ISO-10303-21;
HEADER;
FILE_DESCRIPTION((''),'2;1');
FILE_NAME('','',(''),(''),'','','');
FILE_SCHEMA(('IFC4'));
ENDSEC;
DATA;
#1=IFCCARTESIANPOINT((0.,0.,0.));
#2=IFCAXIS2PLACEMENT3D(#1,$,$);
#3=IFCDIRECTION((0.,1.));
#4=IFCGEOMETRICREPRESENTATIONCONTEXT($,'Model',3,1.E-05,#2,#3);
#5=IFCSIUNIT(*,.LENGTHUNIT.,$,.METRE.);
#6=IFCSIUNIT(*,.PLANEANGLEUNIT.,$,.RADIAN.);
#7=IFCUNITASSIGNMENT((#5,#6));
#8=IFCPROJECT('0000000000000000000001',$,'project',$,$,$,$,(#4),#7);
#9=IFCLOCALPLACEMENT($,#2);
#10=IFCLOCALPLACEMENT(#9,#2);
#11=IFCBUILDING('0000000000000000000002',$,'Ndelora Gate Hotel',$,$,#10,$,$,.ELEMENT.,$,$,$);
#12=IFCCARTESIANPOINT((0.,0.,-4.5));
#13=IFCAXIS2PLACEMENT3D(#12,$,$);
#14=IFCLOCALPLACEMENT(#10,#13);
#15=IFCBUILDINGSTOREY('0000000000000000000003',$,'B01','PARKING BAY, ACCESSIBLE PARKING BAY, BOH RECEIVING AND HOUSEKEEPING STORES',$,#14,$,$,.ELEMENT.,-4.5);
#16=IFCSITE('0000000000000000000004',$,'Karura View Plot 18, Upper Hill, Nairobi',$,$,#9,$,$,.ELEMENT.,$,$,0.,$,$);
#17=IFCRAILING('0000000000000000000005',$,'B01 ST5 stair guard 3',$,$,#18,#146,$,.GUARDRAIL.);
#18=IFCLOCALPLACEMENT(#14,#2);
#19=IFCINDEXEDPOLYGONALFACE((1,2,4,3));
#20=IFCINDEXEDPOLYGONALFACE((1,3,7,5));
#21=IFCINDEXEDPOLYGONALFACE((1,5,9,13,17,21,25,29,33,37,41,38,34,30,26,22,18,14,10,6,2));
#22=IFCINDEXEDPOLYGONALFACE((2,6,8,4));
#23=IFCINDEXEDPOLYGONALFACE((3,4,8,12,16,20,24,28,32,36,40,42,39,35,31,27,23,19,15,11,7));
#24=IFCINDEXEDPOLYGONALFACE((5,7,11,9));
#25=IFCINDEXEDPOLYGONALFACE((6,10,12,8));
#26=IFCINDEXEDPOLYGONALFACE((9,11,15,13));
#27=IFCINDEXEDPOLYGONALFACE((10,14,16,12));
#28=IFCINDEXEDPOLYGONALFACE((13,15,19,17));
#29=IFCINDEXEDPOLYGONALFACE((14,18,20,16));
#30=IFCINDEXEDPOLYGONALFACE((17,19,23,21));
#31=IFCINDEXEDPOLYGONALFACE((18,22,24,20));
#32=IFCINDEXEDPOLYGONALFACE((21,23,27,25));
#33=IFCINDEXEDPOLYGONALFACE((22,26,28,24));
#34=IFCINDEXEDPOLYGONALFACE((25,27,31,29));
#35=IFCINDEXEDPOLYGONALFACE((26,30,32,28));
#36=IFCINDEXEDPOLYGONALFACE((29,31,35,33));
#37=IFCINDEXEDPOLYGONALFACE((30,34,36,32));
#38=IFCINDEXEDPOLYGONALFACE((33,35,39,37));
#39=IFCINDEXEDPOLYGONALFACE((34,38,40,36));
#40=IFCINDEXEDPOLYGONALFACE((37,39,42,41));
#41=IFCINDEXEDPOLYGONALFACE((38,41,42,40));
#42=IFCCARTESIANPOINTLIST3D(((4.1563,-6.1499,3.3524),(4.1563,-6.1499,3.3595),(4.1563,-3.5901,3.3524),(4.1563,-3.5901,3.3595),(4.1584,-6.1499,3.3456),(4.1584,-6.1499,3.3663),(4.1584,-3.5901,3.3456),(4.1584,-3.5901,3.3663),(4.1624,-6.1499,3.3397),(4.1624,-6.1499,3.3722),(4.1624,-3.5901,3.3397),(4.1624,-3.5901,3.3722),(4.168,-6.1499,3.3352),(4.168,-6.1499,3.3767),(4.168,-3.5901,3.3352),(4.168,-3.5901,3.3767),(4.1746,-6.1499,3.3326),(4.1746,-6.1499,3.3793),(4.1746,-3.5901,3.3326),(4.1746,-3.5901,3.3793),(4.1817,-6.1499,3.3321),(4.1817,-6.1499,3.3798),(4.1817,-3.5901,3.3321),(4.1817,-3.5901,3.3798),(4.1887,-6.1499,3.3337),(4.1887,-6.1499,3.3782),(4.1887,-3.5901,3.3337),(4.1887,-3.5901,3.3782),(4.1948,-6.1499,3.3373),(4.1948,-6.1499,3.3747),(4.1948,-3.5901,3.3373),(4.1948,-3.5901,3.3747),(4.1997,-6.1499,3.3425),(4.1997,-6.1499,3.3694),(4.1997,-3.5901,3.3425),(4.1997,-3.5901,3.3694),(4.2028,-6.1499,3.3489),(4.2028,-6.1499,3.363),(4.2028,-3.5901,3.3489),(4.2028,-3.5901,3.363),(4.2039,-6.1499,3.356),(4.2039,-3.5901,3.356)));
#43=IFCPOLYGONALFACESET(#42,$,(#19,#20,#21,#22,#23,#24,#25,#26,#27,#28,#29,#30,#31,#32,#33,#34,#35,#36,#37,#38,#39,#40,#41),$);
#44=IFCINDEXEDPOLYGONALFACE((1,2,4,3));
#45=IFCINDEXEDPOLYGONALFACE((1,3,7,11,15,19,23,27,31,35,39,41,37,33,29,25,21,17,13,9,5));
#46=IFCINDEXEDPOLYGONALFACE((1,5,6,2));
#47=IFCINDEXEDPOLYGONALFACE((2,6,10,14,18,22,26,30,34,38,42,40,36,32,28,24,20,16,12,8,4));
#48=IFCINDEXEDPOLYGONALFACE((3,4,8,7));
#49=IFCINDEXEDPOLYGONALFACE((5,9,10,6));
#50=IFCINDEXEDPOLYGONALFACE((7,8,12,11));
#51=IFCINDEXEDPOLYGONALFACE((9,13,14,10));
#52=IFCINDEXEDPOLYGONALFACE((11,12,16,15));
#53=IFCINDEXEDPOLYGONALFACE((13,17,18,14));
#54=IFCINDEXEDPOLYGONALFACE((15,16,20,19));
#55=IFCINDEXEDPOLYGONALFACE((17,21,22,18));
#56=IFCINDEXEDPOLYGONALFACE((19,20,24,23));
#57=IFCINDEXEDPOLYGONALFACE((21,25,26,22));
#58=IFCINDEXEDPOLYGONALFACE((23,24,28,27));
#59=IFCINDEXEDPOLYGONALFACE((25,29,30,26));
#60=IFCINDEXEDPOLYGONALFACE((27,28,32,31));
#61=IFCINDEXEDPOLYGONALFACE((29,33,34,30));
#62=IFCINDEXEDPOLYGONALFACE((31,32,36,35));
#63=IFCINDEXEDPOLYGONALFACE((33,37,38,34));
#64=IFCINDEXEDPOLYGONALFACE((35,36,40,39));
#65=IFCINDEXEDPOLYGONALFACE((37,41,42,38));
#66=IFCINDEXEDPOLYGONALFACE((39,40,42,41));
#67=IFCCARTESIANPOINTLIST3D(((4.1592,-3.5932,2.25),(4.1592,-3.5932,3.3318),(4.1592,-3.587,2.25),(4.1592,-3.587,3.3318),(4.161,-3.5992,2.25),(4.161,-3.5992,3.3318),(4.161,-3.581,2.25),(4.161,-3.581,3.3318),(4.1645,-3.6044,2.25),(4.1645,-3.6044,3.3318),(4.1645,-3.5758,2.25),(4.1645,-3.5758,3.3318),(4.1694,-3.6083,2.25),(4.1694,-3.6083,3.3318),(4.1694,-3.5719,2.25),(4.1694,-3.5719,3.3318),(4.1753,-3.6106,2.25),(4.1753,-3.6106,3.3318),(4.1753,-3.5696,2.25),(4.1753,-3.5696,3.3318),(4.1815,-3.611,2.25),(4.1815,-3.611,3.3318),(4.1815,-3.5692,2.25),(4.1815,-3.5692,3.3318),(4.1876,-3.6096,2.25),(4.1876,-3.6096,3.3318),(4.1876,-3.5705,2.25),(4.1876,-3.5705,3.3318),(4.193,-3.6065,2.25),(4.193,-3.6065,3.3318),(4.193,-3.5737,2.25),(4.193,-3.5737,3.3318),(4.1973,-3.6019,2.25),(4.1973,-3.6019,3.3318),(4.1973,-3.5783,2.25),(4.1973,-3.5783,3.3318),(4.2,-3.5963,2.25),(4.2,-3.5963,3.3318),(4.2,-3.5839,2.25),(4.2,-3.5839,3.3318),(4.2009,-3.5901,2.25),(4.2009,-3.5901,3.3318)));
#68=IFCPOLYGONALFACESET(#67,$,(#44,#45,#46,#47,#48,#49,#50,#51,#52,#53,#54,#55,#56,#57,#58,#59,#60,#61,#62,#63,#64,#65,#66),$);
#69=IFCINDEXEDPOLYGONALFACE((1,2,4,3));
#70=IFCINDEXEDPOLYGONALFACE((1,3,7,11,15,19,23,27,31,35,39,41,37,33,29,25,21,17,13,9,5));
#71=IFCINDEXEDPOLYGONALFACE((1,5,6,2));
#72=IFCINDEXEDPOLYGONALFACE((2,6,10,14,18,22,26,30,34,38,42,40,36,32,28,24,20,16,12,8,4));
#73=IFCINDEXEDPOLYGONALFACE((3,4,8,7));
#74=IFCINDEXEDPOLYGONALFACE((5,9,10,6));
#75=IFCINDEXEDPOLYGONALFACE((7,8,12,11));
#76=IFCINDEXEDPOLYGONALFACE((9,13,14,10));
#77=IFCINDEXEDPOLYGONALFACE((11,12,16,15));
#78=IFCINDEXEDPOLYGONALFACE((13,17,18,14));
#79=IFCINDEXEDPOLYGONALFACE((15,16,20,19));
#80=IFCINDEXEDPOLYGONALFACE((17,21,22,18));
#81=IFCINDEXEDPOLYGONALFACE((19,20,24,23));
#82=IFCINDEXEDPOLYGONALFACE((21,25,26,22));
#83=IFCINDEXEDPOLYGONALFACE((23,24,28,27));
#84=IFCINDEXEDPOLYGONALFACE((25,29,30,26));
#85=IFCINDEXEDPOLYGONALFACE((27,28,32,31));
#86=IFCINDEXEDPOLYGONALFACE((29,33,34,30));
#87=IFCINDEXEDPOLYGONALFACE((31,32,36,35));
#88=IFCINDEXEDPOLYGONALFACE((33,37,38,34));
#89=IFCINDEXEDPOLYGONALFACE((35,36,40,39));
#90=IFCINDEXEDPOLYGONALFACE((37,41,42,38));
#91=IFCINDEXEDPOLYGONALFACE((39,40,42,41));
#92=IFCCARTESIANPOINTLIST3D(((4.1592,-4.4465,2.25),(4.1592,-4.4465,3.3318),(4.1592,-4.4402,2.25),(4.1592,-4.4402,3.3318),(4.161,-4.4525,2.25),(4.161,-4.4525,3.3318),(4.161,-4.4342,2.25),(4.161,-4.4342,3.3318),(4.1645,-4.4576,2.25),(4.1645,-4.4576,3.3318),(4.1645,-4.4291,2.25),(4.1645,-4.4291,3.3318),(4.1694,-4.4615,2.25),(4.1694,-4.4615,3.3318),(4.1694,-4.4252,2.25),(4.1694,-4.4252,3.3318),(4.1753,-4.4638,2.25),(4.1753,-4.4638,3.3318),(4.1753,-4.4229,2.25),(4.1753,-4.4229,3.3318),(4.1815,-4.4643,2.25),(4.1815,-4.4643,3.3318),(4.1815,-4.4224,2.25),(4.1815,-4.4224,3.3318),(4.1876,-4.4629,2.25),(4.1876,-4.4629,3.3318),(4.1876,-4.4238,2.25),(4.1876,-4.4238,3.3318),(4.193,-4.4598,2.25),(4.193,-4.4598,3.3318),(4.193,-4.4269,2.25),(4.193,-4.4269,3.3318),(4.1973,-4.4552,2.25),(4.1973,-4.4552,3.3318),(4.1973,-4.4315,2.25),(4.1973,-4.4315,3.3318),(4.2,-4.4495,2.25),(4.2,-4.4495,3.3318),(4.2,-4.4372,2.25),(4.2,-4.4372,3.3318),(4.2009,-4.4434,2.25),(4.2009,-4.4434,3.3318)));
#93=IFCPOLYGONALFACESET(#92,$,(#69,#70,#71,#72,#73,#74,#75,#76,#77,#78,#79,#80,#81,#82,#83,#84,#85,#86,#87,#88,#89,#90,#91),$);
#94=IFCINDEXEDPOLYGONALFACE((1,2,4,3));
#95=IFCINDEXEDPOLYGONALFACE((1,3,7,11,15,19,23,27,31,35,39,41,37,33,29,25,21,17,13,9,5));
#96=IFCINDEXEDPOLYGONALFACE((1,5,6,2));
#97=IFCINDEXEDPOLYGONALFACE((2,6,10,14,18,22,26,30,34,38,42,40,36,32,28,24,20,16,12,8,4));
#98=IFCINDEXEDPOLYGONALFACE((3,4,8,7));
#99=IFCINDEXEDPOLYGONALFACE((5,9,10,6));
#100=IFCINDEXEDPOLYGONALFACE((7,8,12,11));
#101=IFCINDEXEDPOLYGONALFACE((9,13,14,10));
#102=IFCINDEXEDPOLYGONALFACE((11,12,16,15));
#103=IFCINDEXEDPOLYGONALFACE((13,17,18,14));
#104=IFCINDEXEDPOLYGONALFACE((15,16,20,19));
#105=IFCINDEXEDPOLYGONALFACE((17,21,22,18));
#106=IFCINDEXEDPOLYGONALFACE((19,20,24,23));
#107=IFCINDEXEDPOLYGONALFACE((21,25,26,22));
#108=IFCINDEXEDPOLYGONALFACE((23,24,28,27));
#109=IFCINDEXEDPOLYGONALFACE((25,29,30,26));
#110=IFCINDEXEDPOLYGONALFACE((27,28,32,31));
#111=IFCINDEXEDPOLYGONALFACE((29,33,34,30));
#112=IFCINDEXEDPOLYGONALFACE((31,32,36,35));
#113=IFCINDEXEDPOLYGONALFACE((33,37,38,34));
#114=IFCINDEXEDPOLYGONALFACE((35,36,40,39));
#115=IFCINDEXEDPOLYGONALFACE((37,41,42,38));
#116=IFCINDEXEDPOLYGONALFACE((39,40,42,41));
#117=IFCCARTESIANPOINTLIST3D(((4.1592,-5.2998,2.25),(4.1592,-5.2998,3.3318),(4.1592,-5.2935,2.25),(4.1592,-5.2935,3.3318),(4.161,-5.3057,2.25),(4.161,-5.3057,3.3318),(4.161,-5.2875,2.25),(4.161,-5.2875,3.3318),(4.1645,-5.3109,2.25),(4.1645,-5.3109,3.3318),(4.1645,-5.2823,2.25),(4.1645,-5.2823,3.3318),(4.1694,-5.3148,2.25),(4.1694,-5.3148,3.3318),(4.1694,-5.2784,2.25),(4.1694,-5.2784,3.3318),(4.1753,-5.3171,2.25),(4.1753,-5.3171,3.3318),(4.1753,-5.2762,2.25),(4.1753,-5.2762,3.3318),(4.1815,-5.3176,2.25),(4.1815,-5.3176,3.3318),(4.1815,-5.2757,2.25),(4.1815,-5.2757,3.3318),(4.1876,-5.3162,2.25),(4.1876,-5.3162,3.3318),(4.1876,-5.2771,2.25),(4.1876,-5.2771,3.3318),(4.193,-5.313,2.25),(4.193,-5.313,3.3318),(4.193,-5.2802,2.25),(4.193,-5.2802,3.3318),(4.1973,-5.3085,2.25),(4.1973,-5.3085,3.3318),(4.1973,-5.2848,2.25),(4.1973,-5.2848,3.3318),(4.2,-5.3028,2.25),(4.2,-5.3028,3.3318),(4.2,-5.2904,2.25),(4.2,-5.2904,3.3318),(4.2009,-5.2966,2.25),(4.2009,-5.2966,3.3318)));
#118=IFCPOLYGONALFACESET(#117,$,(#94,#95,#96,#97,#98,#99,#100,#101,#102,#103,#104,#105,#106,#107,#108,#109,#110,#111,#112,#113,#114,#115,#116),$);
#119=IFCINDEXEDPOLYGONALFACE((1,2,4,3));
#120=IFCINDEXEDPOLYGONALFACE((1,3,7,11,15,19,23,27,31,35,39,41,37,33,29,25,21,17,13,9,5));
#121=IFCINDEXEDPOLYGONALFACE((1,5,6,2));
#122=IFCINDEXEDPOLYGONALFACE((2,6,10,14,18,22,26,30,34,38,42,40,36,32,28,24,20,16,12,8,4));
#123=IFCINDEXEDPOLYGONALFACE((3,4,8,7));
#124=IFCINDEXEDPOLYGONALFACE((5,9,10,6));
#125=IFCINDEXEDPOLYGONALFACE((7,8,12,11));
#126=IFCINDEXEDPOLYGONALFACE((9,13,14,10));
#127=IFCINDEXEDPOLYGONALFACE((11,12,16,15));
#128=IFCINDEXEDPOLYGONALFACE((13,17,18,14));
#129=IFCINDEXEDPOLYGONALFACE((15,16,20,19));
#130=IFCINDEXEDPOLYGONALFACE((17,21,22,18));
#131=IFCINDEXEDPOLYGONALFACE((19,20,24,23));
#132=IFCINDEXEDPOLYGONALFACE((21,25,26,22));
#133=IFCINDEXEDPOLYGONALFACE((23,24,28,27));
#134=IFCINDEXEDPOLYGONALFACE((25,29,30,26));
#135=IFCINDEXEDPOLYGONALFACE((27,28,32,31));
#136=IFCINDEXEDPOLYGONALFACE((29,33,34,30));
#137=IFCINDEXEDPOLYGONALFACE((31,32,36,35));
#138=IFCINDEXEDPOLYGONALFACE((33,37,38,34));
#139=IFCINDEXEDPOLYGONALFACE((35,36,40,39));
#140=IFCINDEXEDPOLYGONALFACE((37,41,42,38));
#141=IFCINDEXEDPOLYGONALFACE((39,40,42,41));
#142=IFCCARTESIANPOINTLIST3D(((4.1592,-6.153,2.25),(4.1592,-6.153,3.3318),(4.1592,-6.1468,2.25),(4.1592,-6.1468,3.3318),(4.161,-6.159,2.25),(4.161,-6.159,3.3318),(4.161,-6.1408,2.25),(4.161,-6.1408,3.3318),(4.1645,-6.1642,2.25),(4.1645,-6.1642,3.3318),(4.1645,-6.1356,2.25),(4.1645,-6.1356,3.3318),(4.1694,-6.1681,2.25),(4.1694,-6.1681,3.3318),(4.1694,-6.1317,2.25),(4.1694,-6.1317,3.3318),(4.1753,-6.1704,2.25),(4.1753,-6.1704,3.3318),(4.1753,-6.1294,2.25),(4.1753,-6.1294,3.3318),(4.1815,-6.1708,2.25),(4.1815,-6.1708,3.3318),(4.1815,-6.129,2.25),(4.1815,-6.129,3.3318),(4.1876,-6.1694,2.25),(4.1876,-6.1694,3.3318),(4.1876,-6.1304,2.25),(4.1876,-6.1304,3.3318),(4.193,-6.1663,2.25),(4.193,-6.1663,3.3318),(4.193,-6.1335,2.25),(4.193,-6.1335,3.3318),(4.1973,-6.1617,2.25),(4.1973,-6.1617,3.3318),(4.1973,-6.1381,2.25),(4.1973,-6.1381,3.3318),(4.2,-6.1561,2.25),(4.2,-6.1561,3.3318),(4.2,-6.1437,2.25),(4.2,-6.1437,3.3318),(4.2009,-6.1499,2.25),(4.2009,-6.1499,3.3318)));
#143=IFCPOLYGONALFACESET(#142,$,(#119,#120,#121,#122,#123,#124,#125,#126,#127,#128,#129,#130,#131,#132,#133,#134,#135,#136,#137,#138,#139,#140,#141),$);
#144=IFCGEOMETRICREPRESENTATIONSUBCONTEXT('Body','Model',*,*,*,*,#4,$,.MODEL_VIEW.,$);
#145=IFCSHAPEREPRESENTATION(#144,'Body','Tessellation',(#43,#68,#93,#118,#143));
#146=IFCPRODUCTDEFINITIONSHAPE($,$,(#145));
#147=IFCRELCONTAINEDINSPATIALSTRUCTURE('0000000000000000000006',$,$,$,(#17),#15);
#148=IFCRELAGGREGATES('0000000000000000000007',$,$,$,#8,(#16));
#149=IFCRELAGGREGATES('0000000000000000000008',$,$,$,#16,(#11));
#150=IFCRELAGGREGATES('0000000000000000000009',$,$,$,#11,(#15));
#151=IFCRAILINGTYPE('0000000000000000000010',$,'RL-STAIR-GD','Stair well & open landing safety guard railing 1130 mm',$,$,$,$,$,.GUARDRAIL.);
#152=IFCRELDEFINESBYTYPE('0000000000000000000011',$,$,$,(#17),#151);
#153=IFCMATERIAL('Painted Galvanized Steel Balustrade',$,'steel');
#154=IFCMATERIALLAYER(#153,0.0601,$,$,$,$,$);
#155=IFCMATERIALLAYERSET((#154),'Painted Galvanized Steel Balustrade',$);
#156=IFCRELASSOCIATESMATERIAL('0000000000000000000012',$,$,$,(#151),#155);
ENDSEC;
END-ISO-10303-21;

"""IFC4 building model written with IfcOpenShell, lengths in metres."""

from ifc_helpers import new_model, si_unit, direction, frame, origin, origin_2d, place, context, subcontext, project, spatial, circle, extrude, material, layer, layer_set, type_object, element, save


model = new_model("IFC4")

# Units and contexts
model_context = context("Model", 3, precision=1e-05, world=origin(), true_north=direction((0.0, 1.0)))
body_context = subcontext(model_context, "Body", "Model", "MODEL_VIEW")
ifc_project = project(units=[si_unit("LENGTHUNIT", "METRE"), si_unit("PLANEANGLEUNIT", "RADIAN")], contexts=[model_context])

# Site, building, storey
site_placement = place(None, origin())
site = spatial("IfcSite", under=ifc_project, at=site_placement, Name="Karura View Plot 18, Upper Hill, Nairobi", CompositionType="ELEMENT", RefElevation=0.0)
building_placement = place(site_placement, origin())
building = spatial("IfcBuilding", under=site, at=building_placement, Name="Ndelora Gate Hotel", CompositionType="ELEMENT")
storey_placement = place(building_placement, frame((0.0, 0.0, -4.5)))
storey = spatial("IfcBuildingStorey", under=building, at=storey_placement, Name="B01", Description="PARKING BAY, ACCESSIBLE PARKING BAY, BOH RECEIVING AND HOUSEKEEPING STORES", CompositionType="ELEMENT", Elevation=-4.5)

# Railing
ifc_material_1 = material(Name="Painted Galvanized Steel Balustrade", Category="steel")
ifc_layer_1 = layer(ifc_material_1, 0.0601)
ifc_layer_set_1 = layer_set([ifc_layer_1], Name="Painted Galvanized Steel Balustrade")
railing_type_1 = type_object("IfcRailingType", Name="RL-STAIR-GD", Description="Stair well & open landing safety guard railing 1130 mm", PredefinedType="GUARDRAIL", material=ifc_layer_set_1)
for number, where, name in (
    (1, (4.1799, -3.5901, 2.25), "B01 ST5 stair guard 3"),
):
    element("IfcRailing", number, at=place(storey_placement, frame(where)), inside=storey, type_object=railing_type_1, Name=name, PredefinedType="GUARDRAIL", context=body_context, shape_type="SweptSolid", body=[
        extrude(circle(Radius=0.0239, at=origin_2d()), frame((0.0, 0.0, 1.106), z_axis=(0.0, -1.0, 0.0), x_axis=(1.0, 0.0, 0.0)), (0.0, 0.0, 1.0), 2.5598),
        extrude(circle(Radius=0.021, at=origin_2d()), origin(), (0.0, 0.0, 1.0), 1.0818),
        extrude(circle(Radius=0.021, at=origin_2d()), frame((0.0, -0.8533, 0.0)), (0.0, 0.0, 1.0), 1.0818),
        extrude(circle(Radius=0.021, at=origin_2d()), frame((0.0, -1.7065, 0.0)), (0.0, 0.0, 1.0), 1.0818),
        extrude(circle(Radius=0.021, at=origin_2d()), frame((0.0, -2.5598, 0.0)), (0.0, 0.0, 1.0), 1.0818),
    ])

save(model, "model.ifc")
